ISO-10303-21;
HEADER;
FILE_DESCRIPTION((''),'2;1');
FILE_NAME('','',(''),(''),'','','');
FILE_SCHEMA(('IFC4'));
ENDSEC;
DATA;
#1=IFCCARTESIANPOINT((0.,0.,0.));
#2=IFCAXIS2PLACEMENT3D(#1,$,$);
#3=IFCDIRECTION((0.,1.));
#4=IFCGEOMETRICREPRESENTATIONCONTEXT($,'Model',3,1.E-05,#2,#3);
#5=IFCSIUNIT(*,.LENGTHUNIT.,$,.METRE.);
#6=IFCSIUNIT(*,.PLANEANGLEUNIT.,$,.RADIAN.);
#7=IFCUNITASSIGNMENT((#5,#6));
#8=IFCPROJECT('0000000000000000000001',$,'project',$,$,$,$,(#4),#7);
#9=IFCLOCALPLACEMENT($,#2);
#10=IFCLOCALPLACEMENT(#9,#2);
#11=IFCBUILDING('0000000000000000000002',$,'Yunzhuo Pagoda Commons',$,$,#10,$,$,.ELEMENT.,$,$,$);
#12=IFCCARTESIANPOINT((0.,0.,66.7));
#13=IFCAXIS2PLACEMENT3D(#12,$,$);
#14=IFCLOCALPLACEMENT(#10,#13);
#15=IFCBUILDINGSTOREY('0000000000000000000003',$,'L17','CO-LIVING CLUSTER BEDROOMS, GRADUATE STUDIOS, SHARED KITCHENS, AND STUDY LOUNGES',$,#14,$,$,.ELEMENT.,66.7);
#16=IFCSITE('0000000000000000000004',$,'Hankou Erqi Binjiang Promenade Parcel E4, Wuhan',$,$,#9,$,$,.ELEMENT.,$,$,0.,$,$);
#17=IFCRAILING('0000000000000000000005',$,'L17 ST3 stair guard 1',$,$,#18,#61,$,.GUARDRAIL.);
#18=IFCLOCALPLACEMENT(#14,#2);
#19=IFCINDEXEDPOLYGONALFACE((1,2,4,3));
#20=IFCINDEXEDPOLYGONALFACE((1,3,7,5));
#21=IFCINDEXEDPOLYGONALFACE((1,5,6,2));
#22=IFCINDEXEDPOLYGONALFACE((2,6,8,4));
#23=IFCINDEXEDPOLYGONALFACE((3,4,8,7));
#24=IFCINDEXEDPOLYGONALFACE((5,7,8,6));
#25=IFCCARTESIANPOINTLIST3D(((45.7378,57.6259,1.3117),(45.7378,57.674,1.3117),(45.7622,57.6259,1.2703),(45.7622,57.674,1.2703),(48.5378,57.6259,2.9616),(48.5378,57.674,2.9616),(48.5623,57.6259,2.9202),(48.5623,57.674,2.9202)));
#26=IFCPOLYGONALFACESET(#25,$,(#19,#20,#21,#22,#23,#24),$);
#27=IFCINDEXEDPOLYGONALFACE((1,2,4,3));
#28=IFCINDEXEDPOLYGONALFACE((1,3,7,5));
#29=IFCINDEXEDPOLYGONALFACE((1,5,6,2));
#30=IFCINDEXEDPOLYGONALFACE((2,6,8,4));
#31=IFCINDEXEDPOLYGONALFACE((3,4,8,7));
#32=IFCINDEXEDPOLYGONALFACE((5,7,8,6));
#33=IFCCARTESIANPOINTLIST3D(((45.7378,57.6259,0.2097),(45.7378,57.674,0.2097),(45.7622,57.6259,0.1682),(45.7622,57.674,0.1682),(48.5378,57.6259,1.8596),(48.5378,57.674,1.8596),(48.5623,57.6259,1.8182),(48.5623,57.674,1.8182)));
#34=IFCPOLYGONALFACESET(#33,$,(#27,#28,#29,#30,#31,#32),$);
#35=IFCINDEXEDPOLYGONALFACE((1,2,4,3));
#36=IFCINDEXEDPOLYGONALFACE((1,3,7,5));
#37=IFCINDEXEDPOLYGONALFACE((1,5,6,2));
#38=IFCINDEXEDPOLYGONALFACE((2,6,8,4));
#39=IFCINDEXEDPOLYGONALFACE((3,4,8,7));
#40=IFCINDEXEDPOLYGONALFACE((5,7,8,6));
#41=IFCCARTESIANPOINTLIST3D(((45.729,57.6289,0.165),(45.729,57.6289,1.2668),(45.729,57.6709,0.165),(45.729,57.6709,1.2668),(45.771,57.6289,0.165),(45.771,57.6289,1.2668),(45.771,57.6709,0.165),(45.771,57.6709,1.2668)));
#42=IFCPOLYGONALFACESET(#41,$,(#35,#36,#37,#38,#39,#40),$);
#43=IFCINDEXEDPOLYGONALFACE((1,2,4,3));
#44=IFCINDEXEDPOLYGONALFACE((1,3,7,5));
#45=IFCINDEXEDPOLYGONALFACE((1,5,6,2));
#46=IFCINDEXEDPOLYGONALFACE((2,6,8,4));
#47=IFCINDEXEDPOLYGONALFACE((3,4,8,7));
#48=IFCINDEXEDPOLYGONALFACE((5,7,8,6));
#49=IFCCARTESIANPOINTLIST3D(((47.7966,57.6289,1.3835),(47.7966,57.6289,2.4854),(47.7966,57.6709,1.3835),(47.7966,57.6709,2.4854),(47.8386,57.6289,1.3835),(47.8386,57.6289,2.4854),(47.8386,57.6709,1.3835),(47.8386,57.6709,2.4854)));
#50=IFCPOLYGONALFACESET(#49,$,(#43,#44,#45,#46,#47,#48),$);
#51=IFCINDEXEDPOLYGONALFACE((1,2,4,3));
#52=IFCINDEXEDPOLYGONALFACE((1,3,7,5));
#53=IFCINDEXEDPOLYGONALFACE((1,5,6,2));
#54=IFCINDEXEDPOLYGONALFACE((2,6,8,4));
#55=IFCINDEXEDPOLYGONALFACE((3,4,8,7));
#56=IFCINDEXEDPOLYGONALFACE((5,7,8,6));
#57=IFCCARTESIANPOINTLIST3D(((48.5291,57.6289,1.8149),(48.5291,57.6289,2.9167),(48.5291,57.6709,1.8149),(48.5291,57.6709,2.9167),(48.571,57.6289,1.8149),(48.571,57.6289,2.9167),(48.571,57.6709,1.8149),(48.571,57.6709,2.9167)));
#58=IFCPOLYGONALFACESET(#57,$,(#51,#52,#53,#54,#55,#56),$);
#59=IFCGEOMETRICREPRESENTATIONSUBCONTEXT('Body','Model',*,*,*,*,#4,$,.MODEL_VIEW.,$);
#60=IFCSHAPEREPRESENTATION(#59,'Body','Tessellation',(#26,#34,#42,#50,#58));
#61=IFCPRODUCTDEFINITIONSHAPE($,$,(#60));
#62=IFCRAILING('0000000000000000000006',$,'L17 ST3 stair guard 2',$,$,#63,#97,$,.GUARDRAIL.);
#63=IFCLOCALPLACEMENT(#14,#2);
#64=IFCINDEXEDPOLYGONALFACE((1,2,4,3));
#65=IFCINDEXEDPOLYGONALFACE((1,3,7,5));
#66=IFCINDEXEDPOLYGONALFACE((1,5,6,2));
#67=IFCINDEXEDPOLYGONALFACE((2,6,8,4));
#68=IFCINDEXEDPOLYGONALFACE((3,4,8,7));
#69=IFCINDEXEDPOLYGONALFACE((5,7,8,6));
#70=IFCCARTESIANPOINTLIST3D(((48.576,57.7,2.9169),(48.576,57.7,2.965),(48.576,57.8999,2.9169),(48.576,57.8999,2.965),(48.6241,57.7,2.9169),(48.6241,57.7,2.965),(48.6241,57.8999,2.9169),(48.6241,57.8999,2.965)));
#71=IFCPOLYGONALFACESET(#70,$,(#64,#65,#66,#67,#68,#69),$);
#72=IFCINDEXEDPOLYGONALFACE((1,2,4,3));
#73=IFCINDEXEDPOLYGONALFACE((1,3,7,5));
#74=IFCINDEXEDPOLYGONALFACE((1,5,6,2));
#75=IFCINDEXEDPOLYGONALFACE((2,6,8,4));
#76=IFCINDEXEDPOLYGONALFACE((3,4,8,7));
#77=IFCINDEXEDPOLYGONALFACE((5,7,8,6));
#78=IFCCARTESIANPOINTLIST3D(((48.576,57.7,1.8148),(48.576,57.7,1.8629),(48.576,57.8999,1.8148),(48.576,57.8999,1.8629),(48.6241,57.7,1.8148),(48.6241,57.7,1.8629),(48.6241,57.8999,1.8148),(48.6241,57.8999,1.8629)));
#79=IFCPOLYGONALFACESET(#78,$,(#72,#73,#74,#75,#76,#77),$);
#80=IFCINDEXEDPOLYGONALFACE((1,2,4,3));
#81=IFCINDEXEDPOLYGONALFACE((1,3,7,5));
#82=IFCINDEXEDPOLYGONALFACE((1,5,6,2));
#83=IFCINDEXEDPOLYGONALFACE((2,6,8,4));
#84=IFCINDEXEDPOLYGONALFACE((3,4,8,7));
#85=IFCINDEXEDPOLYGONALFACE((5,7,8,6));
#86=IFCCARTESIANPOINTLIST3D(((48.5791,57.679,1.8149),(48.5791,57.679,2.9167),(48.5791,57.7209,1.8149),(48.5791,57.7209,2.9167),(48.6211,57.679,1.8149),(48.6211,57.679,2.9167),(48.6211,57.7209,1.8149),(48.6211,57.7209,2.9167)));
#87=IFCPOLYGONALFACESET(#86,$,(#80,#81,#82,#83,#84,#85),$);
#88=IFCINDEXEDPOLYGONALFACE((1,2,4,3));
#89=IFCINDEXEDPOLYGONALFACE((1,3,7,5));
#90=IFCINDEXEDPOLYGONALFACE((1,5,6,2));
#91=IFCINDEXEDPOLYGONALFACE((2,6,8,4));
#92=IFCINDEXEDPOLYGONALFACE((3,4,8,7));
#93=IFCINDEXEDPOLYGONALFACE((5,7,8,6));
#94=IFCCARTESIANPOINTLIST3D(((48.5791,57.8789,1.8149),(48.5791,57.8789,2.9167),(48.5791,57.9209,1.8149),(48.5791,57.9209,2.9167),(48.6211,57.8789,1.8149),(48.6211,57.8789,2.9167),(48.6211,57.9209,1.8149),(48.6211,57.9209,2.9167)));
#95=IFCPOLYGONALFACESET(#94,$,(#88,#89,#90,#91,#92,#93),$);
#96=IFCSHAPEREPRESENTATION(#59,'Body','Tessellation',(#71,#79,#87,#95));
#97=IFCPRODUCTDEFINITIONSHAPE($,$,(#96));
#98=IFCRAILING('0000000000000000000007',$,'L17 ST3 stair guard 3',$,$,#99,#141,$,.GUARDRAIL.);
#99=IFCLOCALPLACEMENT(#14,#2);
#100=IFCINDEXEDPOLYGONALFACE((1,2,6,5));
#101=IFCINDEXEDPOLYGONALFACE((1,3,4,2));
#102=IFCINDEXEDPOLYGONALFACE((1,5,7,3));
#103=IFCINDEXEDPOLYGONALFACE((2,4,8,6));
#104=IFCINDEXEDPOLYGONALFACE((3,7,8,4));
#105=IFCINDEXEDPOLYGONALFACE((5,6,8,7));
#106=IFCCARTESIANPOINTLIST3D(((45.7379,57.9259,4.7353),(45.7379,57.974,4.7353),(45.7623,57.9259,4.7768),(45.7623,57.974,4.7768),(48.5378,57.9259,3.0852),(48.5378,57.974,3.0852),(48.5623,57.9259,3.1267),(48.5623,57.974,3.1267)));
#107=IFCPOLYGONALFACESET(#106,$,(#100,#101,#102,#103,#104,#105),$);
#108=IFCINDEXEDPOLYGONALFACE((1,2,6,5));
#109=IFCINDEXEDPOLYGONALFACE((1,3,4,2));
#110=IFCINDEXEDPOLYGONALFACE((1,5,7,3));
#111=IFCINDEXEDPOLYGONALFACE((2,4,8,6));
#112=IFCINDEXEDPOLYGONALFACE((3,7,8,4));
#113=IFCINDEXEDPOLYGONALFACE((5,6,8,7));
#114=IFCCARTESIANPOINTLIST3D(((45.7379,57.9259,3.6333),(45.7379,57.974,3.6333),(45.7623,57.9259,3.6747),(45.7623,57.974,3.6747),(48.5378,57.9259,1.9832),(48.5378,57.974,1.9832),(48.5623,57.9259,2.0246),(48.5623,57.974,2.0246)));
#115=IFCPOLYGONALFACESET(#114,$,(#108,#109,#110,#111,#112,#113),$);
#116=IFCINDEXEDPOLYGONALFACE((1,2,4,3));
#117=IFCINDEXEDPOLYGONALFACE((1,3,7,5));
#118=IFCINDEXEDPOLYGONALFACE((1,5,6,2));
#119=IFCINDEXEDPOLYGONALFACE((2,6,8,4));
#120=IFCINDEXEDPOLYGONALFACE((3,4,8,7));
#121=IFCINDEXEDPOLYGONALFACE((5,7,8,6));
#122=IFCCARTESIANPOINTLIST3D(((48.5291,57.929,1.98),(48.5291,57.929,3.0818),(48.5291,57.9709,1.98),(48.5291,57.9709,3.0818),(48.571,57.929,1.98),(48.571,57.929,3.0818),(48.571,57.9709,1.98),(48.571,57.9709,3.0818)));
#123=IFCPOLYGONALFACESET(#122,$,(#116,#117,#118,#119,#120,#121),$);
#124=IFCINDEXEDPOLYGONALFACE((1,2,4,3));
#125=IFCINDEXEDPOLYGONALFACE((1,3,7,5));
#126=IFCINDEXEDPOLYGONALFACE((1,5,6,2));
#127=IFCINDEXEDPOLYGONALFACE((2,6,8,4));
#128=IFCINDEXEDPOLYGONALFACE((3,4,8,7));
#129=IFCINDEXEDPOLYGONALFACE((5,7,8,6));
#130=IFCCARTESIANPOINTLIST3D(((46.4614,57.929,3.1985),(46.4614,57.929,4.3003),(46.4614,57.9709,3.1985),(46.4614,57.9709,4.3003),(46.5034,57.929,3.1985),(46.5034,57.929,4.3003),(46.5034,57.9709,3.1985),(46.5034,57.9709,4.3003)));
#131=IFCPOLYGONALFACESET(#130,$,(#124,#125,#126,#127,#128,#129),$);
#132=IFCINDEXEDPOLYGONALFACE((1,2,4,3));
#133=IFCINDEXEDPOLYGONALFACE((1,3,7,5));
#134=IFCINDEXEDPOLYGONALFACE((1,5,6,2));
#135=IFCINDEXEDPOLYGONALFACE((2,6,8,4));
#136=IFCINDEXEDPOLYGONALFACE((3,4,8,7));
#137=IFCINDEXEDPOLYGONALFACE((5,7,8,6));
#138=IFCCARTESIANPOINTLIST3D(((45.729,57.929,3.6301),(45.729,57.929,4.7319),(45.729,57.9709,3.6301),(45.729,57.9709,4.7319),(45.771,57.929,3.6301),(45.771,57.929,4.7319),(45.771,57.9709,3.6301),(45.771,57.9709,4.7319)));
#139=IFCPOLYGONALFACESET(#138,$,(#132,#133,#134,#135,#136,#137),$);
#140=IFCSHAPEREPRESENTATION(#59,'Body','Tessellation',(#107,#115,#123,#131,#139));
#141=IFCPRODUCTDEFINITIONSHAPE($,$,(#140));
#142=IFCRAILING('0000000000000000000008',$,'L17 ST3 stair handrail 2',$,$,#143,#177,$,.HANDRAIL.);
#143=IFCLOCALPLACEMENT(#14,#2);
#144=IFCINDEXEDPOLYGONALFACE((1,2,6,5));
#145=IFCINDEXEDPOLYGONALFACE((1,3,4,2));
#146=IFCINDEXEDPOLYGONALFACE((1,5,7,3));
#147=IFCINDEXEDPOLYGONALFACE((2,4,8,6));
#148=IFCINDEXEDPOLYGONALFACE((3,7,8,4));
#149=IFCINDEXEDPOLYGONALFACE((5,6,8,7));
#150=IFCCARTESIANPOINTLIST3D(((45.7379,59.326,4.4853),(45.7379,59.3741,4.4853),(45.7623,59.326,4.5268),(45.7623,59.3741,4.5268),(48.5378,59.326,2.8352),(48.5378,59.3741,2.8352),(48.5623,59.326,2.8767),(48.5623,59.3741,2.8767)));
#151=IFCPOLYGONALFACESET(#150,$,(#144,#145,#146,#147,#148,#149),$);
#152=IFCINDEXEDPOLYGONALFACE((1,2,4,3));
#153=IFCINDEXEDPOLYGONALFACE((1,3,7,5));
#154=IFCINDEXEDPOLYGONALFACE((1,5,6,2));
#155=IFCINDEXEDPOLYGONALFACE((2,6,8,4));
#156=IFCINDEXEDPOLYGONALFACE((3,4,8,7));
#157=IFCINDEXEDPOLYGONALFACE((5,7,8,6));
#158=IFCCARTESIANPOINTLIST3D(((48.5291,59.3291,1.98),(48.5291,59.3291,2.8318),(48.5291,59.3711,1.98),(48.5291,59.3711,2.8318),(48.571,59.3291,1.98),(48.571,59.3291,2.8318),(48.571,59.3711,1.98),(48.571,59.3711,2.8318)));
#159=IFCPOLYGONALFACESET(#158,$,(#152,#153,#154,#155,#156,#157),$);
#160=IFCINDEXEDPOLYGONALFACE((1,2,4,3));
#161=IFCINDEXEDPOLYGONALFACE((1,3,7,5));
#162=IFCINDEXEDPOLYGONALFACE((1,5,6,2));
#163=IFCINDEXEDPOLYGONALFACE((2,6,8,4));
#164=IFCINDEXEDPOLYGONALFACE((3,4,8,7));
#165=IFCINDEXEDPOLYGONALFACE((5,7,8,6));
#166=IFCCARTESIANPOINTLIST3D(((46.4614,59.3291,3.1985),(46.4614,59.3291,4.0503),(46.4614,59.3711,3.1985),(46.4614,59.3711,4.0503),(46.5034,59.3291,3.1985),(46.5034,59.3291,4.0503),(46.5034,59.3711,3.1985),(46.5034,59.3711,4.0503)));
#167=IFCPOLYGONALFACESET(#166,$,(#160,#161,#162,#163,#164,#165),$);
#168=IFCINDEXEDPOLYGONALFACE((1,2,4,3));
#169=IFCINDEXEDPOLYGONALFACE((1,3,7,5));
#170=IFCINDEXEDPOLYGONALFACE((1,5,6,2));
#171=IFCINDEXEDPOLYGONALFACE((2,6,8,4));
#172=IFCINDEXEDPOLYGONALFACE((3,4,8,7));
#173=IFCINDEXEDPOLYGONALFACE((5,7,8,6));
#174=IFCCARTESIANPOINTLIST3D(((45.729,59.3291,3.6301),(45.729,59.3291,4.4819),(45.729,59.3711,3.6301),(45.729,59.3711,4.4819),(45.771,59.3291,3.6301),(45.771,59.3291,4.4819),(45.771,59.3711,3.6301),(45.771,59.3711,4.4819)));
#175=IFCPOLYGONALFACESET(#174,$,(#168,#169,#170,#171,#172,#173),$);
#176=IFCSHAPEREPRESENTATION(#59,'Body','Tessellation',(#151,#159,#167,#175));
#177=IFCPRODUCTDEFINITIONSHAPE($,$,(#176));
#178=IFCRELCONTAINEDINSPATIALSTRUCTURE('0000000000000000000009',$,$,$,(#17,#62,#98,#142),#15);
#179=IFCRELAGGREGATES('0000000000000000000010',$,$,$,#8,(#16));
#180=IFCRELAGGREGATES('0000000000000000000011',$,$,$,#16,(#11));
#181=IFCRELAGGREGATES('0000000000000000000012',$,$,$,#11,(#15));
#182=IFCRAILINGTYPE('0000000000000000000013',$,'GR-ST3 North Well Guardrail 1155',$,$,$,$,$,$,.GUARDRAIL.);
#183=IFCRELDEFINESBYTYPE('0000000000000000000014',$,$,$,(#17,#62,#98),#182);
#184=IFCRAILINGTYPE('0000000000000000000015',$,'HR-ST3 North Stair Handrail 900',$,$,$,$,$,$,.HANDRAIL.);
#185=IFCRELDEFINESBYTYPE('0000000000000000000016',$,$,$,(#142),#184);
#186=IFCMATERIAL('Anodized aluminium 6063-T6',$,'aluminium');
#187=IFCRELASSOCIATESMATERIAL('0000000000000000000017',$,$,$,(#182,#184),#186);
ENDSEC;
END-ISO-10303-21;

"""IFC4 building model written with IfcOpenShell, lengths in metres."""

from ifc_helpers import new_model, si_unit, direction, frame, origin, origin_2d, place, context, subcontext, project, spatial, rectangle, extrude, material, type_object, element, save


model = new_model("IFC4")

# Units and contexts
model_context = context("Model", 3, precision=1e-05, world=origin(), true_north=direction((0.0, 1.0)))
body_context = subcontext(model_context, "Body", "Model", "MODEL_VIEW")
ifc_project = project(units=[si_unit("LENGTHUNIT", "METRE"), si_unit("PLANEANGLEUNIT", "RADIAN")], contexts=[model_context])

# Site, building, storey
site_placement = place(None, origin())
site = spatial("IfcSite", under=ifc_project, at=site_placement, Name="Hankou Erqi Binjiang Promenade Parcel E4, Wuhan", CompositionType="ELEMENT", RefElevation=0.0)
building_placement = place(site_placement, origin())
building = spatial("IfcBuilding", under=site, at=building_placement, Name="Yunzhuo Pagoda Commons", CompositionType="ELEMENT")
storey_placement = place(building_placement, frame((0.0, 0.0, 66.7)))
storey = spatial("IfcBuildingStorey", under=building, at=storey_placement, Name="L17", Description="CO-LIVING CLUSTER BEDROOMS, GRADUATE STUDIOS, SHARED KITCHENS, AND STUDY LOUNGES", CompositionType="ELEMENT", Elevation=66.7)

# Shared definitions
ifc_material_1 = material(Name="Anodized aluminium 6063-T6", Category="aluminium")

# Railings
railing_type_1 = type_object("IfcRailingType", Name="GR-ST3 North Well Guardrail 1155", PredefinedType="GUARDRAIL", material=ifc_material_1)
railing_1_placement = place(storey_placement, frame((45.75, 57.6499, 0.165)))
element("IfcRailing", 1, at=railing_1_placement, inside=storey, type_object=railing_type_1, Name="L17 ST3 stair guard 1", PredefinedType="GUARDRAIL", context=body_context, shape_type="SweptSolid", body=[
    extrude(rectangle(XDim=0.0481, YDim=0.0481, at=origin_2d()), frame((0.0, 0.0, 1.126), z_axis=(0.861555, 0.0, 0.507663), x_axis=(0.0, 1.0, 0.0)), (0.0, 0.0, 1.0), 3.25),
    extrude(rectangle(XDim=0.0481, YDim=0.0481, at=origin_2d()), frame((0.0, 0.0, 0.0239), z_axis=(0.861555, 0.0, 0.507663), x_axis=(0.0, 1.0, 0.0)), (0.0, 0.0, 1.0), 3.25),
    extrude(rectangle(XDim=0.042, YDim=0.042, at=origin_2d()), origin(), (0.0, 0.0, 1.0), 1.1018),
    extrude(rectangle(XDim=0.042, YDim=0.042, at=origin_2d()), frame((2.0676, 0.0, 1.2185)), (0.0, 0.0, 1.0), 1.1018),
    extrude(rectangle(XDim=0.042, YDim=0.042, at=origin_2d()), frame((2.8, 0.0, 1.6499)), (0.0, 0.0, 1.0), 1.1018),
])
railing_2_placement = place(storey_placement, frame((48.6001, 57.7, 1.8149)))
element("IfcRailing", 2, at=railing_2_placement, inside=storey, type_object=railing_type_1, Name="L17 ST3 stair guard 2", PredefinedType="GUARDRAIL", context=body_context, shape_type="SweptSolid", body=[
    extrude(rectangle(XDim=0.0481, YDim=0.0481, at=origin_2d()), frame((0.0, 0.0, 1.126), z_axis=(0.0, 1.0, 0.0), x_axis=(-1.0, 0.0, 0.0)), (0.0, 0.0, 1.0), 0.2),
    extrude(rectangle(XDim=0.0481, YDim=0.0481, at=origin_2d()), frame((0.0, 0.0, 0.0239), z_axis=(0.0, 1.0, 0.0), x_axis=(-1.0, 0.0, 0.0)), (0.0, 0.0, 1.0), 0.2),
    extrude(rectangle(XDim=0.042, YDim=0.042, at=origin_2d()), origin(), (0.0, 0.0, 1.0), 1.1018),
    extrude(rectangle(XDim=0.042, YDim=0.042, at=origin_2d()), frame((0.0, 0.2, 0.0)), (0.0, 0.0, 1.0), 1.1018),
])
railing_3_placement = place(storey_placement, frame((48.55, 57.95, 1.98)))
element("IfcRailing", 3, at=railing_3_placement, inside=storey, type_object=railing_type_1, Name="L17 ST3 stair guard 3", PredefinedType="GUARDRAIL", context=body_context, shape_type="SweptSolid", body=[
    extrude(rectangle(XDim=0.0481, YDim=0.0481, at=origin_2d()), frame((0.0, 0.0, 1.126), z_axis=(-0.861523, 0.0, 0.507719), x_axis=(0.0, -1.0, 0.0)), (0.0, 0.0, 1.0), 3.25),
    extrude(rectangle(XDim=0.0481, YDim=0.0481, at=origin_2d()), frame((0.0, 0.0, 0.0239), z_axis=(-0.861523, 0.0, 0.507719), x_axis=(0.0, -1.0, 0.0)), (0.0, 0.0, 1.0), 3.25),
    extrude(rectangle(XDim=0.042, YDim=0.042, at=origin_2d()), origin(), (0.0, 0.0, 1.0), 1.1018),
    extrude(rectangle(XDim=0.042, YDim=0.042, at=origin_2d()), frame((-2.0676, 0.0, 1.2185)), (0.0, 0.0, 1.0), 1.1018),
    extrude(rectangle(XDim=0.042, YDim=0.042, at=origin_2d()), frame((-2.8, 0.0, 1.6501)), (0.0, 0.0, 1.0), 1.1018),
])
railing_type_2 = type_object("IfcRailingType", Name="HR-ST3 North Stair Handrail 900", PredefinedType="HANDRAIL", material=ifc_material_1)
railing_4_placement = place(storey_placement, frame((48.55, 59.3501, 1.98)))
element("IfcRailing", 4, at=railing_4_placement, inside=storey, type_object=railing_type_2, Name="L17 ST3 stair handrail 2", PredefinedType="HANDRAIL", context=body_context, shape_type="SweptSolid", body=[
    extrude(rectangle(XDim=0.0481, YDim=0.0481, at=origin_2d()), frame((0.0, 0.0, 0.876), z_axis=(-0.861523, 0.0, 0.507719), x_axis=(0.0, -1.0, 0.0)), (0.0, 0.0, 1.0), 3.25),
    extrude(rectangle(XDim=0.042, YDim=0.042, at=origin_2d()), origin(), (0.0, 0.0, 1.0), 0.8518),
    extrude(rectangle(XDim=0.042, YDim=0.042, at=origin_2d()), frame((-2.0676, 0.0, 1.2185)), (0.0, 0.0, 1.0), 0.8518),
    extrude(rectangle(XDim=0.042, YDim=0.042, at=origin_2d()), frame((-2.8, 0.0, 1.6501)), (0.0, 0.0, 1.0), 0.8518),
])

save(model, "model.ifc")
